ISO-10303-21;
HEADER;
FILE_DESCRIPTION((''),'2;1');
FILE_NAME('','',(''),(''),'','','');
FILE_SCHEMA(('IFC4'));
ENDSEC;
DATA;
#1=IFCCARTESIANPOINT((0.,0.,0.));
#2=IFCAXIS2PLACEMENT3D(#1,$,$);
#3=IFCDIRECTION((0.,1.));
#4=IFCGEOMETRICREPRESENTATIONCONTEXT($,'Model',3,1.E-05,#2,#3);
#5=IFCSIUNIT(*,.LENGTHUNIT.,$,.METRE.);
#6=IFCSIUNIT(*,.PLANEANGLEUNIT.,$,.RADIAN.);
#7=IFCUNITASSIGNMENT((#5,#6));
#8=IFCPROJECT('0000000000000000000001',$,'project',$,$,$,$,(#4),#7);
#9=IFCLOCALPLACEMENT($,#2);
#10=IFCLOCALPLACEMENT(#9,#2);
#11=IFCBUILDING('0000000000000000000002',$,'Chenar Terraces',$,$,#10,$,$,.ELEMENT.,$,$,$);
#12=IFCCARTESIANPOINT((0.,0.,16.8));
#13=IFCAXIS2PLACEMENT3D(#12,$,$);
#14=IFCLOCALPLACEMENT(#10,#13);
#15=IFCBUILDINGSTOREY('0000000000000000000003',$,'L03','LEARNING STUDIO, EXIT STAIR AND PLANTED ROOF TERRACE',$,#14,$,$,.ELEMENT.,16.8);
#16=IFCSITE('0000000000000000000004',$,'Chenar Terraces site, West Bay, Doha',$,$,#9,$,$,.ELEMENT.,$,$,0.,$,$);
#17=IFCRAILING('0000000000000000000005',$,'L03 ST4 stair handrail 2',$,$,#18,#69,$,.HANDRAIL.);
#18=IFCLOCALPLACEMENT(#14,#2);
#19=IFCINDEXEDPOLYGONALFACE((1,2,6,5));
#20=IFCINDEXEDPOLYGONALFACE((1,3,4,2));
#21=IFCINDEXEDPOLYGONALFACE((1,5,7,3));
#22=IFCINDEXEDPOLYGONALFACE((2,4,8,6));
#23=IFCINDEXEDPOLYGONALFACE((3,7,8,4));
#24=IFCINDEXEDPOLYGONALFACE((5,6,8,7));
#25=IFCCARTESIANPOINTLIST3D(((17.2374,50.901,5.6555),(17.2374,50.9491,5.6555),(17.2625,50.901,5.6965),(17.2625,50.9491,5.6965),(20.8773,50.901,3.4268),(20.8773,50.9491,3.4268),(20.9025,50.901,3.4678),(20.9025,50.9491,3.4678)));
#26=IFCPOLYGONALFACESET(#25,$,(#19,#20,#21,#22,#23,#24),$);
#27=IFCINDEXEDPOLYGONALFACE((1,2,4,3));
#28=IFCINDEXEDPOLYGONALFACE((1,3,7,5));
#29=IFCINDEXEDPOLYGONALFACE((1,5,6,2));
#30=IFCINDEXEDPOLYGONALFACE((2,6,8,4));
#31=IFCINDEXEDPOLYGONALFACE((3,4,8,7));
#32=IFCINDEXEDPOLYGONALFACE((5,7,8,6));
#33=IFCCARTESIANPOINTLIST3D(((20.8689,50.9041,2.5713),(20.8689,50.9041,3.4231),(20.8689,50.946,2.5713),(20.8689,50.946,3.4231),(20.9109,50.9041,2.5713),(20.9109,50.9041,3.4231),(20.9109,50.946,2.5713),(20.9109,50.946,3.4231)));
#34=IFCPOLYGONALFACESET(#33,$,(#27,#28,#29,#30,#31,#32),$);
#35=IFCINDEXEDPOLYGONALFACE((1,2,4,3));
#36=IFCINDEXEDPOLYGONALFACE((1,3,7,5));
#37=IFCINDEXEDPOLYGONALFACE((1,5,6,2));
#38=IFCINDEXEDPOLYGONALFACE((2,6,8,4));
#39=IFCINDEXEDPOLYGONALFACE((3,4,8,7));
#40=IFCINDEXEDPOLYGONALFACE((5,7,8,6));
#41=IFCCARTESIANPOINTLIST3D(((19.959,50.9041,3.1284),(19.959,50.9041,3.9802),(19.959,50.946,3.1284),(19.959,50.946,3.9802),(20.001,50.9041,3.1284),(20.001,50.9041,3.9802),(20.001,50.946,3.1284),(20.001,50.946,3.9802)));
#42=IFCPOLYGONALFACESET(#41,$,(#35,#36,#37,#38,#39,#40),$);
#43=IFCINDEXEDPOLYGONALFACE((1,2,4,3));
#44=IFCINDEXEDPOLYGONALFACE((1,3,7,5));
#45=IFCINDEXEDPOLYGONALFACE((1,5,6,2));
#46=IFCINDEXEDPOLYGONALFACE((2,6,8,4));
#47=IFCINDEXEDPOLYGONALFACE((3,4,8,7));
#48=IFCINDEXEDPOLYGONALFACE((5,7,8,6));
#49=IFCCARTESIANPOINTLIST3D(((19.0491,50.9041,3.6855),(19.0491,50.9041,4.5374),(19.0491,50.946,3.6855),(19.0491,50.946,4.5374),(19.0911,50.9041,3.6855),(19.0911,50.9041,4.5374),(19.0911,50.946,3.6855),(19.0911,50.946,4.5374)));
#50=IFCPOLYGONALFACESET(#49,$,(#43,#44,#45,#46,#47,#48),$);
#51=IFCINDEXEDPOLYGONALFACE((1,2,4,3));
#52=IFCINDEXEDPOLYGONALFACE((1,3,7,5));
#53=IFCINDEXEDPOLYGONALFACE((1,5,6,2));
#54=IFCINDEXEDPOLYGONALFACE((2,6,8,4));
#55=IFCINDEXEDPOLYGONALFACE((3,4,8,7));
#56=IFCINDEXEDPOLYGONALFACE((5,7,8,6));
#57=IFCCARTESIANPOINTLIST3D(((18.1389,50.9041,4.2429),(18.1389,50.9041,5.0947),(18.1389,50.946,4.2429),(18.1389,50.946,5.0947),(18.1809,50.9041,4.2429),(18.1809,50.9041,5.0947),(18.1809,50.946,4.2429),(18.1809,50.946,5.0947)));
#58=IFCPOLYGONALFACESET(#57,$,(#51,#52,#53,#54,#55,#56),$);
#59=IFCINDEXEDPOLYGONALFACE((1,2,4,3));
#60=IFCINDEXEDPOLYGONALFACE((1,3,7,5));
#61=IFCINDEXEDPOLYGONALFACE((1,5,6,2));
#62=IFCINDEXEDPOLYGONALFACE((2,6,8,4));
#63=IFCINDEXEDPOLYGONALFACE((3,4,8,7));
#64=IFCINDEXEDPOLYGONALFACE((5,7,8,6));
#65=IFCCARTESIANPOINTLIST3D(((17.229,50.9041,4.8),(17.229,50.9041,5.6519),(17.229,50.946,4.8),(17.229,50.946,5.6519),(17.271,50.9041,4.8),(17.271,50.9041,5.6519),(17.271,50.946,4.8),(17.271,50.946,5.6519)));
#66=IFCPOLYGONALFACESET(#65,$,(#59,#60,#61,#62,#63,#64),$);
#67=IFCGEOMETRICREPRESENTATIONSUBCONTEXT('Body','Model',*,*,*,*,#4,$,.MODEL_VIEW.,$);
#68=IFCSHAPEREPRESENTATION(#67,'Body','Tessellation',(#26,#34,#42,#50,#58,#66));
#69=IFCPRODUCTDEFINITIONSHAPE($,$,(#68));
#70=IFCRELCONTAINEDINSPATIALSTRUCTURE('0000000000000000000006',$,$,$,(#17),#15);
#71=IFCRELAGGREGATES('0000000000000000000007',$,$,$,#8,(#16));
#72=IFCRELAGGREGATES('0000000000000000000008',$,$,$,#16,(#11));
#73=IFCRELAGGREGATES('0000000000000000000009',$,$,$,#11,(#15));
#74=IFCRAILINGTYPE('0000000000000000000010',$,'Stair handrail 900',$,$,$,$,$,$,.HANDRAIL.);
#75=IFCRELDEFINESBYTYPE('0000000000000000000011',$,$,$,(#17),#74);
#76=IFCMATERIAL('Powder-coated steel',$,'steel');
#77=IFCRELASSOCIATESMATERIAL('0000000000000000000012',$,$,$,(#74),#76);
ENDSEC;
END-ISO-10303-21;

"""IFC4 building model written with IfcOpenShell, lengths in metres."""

from ifc_helpers import new_model, si_unit, direction, frame, origin, origin_2d, place, context, subcontext, project, spatial, rectangle, extrude, material, type_object, element, save


model = new_model("IFC4")

# Units and contexts
model_context = context("Model", 3, precision=1e-05, world=origin(), true_north=direction((0.0, 1.0)))
body_context = subcontext(model_context, "Body", "Model", "MODEL_VIEW")
ifc_project = project(units=[si_unit("LENGTHUNIT", "METRE"), si_unit("PLANEANGLEUNIT", "RADIAN")], contexts=[model_context])

# Site, building, storey
site_placement = place(None, origin())
site = spatial("IfcSite", under=ifc_project, at=site_placement, Name="Chenar Terraces site, West Bay, Doha", CompositionType="ELEMENT", RefElevation=0.0)
building_placement = place(site_placement, origin())
building = spatial("IfcBuilding", under=site, at=building_placement, Name="Chenar Terraces", CompositionType="ELEMENT")
storey_placement = place(building_placement, frame((0.0, 0.0, 16.8)))
storey = spatial("IfcBuildingStorey", under=building, at=storey_placement, Name="L03", Description="LEARNING STUDIO, EXIT STAIR AND PLANTED ROOF TERRACE", CompositionType="ELEMENT", Elevation=16.8)

# Railing
ifc_material_1 = material(Name="Powder-coated steel", Category="steel")
railing_type = type_object("IfcRailingType", Name="Stair handrail 900", PredefinedType="HANDRAIL", material=ifc_material_1)
railing_placement = place(storey_placement, frame((20.8899, 50.925, 2.5713)))
element("IfcRailing", 1, at=railing_placement, inside=storey, type_object=railing_type, Name="L03 ST4 stair handrail 2", PredefinedType="HANDRAIL", context=body_context, shape_type="SweptSolid", body=[
    extrude(rectangle(XDim=0.0481, YDim=0.0481, at=origin_2d()), frame((0.0, 0.0, 0.876), z_axis=(-0.852825, 0.0, 0.522197), x_axis=(0.0, -1.0, 0.0)), (0.0, 0.0, 1.0), 4.2681),
    extrude(rectangle(XDim=0.042, YDim=0.042, at=origin_2d()), origin(), (0.0, 0.0, 1.0), 0.8518),
    extrude(rectangle(XDim=0.042, YDim=0.042, at=origin_2d()), frame((-0.9099, 0.0, 0.5571)), (0.0, 0.0, 1.0), 0.8518),
    extrude(rectangle(XDim=0.042, YDim=0.042, at=origin_2d()), frame((-1.8198, 0.0, 1.1143)), (0.0, 0.0, 1.0), 0.8518),
    extrude(rectangle(XDim=0.042, YDim=0.042, at=origin_2d()), frame((-2.73, 0.0, 1.6716)), (0.0, 0.0, 1.0), 0.8518),
    extrude(rectangle(XDim=0.042, YDim=0.042, at=origin_2d()), frame((-3.6399, 0.0, 2.2288)), (0.0, 0.0, 1.0), 0.8518),
])

save(model, "model.ifc")
